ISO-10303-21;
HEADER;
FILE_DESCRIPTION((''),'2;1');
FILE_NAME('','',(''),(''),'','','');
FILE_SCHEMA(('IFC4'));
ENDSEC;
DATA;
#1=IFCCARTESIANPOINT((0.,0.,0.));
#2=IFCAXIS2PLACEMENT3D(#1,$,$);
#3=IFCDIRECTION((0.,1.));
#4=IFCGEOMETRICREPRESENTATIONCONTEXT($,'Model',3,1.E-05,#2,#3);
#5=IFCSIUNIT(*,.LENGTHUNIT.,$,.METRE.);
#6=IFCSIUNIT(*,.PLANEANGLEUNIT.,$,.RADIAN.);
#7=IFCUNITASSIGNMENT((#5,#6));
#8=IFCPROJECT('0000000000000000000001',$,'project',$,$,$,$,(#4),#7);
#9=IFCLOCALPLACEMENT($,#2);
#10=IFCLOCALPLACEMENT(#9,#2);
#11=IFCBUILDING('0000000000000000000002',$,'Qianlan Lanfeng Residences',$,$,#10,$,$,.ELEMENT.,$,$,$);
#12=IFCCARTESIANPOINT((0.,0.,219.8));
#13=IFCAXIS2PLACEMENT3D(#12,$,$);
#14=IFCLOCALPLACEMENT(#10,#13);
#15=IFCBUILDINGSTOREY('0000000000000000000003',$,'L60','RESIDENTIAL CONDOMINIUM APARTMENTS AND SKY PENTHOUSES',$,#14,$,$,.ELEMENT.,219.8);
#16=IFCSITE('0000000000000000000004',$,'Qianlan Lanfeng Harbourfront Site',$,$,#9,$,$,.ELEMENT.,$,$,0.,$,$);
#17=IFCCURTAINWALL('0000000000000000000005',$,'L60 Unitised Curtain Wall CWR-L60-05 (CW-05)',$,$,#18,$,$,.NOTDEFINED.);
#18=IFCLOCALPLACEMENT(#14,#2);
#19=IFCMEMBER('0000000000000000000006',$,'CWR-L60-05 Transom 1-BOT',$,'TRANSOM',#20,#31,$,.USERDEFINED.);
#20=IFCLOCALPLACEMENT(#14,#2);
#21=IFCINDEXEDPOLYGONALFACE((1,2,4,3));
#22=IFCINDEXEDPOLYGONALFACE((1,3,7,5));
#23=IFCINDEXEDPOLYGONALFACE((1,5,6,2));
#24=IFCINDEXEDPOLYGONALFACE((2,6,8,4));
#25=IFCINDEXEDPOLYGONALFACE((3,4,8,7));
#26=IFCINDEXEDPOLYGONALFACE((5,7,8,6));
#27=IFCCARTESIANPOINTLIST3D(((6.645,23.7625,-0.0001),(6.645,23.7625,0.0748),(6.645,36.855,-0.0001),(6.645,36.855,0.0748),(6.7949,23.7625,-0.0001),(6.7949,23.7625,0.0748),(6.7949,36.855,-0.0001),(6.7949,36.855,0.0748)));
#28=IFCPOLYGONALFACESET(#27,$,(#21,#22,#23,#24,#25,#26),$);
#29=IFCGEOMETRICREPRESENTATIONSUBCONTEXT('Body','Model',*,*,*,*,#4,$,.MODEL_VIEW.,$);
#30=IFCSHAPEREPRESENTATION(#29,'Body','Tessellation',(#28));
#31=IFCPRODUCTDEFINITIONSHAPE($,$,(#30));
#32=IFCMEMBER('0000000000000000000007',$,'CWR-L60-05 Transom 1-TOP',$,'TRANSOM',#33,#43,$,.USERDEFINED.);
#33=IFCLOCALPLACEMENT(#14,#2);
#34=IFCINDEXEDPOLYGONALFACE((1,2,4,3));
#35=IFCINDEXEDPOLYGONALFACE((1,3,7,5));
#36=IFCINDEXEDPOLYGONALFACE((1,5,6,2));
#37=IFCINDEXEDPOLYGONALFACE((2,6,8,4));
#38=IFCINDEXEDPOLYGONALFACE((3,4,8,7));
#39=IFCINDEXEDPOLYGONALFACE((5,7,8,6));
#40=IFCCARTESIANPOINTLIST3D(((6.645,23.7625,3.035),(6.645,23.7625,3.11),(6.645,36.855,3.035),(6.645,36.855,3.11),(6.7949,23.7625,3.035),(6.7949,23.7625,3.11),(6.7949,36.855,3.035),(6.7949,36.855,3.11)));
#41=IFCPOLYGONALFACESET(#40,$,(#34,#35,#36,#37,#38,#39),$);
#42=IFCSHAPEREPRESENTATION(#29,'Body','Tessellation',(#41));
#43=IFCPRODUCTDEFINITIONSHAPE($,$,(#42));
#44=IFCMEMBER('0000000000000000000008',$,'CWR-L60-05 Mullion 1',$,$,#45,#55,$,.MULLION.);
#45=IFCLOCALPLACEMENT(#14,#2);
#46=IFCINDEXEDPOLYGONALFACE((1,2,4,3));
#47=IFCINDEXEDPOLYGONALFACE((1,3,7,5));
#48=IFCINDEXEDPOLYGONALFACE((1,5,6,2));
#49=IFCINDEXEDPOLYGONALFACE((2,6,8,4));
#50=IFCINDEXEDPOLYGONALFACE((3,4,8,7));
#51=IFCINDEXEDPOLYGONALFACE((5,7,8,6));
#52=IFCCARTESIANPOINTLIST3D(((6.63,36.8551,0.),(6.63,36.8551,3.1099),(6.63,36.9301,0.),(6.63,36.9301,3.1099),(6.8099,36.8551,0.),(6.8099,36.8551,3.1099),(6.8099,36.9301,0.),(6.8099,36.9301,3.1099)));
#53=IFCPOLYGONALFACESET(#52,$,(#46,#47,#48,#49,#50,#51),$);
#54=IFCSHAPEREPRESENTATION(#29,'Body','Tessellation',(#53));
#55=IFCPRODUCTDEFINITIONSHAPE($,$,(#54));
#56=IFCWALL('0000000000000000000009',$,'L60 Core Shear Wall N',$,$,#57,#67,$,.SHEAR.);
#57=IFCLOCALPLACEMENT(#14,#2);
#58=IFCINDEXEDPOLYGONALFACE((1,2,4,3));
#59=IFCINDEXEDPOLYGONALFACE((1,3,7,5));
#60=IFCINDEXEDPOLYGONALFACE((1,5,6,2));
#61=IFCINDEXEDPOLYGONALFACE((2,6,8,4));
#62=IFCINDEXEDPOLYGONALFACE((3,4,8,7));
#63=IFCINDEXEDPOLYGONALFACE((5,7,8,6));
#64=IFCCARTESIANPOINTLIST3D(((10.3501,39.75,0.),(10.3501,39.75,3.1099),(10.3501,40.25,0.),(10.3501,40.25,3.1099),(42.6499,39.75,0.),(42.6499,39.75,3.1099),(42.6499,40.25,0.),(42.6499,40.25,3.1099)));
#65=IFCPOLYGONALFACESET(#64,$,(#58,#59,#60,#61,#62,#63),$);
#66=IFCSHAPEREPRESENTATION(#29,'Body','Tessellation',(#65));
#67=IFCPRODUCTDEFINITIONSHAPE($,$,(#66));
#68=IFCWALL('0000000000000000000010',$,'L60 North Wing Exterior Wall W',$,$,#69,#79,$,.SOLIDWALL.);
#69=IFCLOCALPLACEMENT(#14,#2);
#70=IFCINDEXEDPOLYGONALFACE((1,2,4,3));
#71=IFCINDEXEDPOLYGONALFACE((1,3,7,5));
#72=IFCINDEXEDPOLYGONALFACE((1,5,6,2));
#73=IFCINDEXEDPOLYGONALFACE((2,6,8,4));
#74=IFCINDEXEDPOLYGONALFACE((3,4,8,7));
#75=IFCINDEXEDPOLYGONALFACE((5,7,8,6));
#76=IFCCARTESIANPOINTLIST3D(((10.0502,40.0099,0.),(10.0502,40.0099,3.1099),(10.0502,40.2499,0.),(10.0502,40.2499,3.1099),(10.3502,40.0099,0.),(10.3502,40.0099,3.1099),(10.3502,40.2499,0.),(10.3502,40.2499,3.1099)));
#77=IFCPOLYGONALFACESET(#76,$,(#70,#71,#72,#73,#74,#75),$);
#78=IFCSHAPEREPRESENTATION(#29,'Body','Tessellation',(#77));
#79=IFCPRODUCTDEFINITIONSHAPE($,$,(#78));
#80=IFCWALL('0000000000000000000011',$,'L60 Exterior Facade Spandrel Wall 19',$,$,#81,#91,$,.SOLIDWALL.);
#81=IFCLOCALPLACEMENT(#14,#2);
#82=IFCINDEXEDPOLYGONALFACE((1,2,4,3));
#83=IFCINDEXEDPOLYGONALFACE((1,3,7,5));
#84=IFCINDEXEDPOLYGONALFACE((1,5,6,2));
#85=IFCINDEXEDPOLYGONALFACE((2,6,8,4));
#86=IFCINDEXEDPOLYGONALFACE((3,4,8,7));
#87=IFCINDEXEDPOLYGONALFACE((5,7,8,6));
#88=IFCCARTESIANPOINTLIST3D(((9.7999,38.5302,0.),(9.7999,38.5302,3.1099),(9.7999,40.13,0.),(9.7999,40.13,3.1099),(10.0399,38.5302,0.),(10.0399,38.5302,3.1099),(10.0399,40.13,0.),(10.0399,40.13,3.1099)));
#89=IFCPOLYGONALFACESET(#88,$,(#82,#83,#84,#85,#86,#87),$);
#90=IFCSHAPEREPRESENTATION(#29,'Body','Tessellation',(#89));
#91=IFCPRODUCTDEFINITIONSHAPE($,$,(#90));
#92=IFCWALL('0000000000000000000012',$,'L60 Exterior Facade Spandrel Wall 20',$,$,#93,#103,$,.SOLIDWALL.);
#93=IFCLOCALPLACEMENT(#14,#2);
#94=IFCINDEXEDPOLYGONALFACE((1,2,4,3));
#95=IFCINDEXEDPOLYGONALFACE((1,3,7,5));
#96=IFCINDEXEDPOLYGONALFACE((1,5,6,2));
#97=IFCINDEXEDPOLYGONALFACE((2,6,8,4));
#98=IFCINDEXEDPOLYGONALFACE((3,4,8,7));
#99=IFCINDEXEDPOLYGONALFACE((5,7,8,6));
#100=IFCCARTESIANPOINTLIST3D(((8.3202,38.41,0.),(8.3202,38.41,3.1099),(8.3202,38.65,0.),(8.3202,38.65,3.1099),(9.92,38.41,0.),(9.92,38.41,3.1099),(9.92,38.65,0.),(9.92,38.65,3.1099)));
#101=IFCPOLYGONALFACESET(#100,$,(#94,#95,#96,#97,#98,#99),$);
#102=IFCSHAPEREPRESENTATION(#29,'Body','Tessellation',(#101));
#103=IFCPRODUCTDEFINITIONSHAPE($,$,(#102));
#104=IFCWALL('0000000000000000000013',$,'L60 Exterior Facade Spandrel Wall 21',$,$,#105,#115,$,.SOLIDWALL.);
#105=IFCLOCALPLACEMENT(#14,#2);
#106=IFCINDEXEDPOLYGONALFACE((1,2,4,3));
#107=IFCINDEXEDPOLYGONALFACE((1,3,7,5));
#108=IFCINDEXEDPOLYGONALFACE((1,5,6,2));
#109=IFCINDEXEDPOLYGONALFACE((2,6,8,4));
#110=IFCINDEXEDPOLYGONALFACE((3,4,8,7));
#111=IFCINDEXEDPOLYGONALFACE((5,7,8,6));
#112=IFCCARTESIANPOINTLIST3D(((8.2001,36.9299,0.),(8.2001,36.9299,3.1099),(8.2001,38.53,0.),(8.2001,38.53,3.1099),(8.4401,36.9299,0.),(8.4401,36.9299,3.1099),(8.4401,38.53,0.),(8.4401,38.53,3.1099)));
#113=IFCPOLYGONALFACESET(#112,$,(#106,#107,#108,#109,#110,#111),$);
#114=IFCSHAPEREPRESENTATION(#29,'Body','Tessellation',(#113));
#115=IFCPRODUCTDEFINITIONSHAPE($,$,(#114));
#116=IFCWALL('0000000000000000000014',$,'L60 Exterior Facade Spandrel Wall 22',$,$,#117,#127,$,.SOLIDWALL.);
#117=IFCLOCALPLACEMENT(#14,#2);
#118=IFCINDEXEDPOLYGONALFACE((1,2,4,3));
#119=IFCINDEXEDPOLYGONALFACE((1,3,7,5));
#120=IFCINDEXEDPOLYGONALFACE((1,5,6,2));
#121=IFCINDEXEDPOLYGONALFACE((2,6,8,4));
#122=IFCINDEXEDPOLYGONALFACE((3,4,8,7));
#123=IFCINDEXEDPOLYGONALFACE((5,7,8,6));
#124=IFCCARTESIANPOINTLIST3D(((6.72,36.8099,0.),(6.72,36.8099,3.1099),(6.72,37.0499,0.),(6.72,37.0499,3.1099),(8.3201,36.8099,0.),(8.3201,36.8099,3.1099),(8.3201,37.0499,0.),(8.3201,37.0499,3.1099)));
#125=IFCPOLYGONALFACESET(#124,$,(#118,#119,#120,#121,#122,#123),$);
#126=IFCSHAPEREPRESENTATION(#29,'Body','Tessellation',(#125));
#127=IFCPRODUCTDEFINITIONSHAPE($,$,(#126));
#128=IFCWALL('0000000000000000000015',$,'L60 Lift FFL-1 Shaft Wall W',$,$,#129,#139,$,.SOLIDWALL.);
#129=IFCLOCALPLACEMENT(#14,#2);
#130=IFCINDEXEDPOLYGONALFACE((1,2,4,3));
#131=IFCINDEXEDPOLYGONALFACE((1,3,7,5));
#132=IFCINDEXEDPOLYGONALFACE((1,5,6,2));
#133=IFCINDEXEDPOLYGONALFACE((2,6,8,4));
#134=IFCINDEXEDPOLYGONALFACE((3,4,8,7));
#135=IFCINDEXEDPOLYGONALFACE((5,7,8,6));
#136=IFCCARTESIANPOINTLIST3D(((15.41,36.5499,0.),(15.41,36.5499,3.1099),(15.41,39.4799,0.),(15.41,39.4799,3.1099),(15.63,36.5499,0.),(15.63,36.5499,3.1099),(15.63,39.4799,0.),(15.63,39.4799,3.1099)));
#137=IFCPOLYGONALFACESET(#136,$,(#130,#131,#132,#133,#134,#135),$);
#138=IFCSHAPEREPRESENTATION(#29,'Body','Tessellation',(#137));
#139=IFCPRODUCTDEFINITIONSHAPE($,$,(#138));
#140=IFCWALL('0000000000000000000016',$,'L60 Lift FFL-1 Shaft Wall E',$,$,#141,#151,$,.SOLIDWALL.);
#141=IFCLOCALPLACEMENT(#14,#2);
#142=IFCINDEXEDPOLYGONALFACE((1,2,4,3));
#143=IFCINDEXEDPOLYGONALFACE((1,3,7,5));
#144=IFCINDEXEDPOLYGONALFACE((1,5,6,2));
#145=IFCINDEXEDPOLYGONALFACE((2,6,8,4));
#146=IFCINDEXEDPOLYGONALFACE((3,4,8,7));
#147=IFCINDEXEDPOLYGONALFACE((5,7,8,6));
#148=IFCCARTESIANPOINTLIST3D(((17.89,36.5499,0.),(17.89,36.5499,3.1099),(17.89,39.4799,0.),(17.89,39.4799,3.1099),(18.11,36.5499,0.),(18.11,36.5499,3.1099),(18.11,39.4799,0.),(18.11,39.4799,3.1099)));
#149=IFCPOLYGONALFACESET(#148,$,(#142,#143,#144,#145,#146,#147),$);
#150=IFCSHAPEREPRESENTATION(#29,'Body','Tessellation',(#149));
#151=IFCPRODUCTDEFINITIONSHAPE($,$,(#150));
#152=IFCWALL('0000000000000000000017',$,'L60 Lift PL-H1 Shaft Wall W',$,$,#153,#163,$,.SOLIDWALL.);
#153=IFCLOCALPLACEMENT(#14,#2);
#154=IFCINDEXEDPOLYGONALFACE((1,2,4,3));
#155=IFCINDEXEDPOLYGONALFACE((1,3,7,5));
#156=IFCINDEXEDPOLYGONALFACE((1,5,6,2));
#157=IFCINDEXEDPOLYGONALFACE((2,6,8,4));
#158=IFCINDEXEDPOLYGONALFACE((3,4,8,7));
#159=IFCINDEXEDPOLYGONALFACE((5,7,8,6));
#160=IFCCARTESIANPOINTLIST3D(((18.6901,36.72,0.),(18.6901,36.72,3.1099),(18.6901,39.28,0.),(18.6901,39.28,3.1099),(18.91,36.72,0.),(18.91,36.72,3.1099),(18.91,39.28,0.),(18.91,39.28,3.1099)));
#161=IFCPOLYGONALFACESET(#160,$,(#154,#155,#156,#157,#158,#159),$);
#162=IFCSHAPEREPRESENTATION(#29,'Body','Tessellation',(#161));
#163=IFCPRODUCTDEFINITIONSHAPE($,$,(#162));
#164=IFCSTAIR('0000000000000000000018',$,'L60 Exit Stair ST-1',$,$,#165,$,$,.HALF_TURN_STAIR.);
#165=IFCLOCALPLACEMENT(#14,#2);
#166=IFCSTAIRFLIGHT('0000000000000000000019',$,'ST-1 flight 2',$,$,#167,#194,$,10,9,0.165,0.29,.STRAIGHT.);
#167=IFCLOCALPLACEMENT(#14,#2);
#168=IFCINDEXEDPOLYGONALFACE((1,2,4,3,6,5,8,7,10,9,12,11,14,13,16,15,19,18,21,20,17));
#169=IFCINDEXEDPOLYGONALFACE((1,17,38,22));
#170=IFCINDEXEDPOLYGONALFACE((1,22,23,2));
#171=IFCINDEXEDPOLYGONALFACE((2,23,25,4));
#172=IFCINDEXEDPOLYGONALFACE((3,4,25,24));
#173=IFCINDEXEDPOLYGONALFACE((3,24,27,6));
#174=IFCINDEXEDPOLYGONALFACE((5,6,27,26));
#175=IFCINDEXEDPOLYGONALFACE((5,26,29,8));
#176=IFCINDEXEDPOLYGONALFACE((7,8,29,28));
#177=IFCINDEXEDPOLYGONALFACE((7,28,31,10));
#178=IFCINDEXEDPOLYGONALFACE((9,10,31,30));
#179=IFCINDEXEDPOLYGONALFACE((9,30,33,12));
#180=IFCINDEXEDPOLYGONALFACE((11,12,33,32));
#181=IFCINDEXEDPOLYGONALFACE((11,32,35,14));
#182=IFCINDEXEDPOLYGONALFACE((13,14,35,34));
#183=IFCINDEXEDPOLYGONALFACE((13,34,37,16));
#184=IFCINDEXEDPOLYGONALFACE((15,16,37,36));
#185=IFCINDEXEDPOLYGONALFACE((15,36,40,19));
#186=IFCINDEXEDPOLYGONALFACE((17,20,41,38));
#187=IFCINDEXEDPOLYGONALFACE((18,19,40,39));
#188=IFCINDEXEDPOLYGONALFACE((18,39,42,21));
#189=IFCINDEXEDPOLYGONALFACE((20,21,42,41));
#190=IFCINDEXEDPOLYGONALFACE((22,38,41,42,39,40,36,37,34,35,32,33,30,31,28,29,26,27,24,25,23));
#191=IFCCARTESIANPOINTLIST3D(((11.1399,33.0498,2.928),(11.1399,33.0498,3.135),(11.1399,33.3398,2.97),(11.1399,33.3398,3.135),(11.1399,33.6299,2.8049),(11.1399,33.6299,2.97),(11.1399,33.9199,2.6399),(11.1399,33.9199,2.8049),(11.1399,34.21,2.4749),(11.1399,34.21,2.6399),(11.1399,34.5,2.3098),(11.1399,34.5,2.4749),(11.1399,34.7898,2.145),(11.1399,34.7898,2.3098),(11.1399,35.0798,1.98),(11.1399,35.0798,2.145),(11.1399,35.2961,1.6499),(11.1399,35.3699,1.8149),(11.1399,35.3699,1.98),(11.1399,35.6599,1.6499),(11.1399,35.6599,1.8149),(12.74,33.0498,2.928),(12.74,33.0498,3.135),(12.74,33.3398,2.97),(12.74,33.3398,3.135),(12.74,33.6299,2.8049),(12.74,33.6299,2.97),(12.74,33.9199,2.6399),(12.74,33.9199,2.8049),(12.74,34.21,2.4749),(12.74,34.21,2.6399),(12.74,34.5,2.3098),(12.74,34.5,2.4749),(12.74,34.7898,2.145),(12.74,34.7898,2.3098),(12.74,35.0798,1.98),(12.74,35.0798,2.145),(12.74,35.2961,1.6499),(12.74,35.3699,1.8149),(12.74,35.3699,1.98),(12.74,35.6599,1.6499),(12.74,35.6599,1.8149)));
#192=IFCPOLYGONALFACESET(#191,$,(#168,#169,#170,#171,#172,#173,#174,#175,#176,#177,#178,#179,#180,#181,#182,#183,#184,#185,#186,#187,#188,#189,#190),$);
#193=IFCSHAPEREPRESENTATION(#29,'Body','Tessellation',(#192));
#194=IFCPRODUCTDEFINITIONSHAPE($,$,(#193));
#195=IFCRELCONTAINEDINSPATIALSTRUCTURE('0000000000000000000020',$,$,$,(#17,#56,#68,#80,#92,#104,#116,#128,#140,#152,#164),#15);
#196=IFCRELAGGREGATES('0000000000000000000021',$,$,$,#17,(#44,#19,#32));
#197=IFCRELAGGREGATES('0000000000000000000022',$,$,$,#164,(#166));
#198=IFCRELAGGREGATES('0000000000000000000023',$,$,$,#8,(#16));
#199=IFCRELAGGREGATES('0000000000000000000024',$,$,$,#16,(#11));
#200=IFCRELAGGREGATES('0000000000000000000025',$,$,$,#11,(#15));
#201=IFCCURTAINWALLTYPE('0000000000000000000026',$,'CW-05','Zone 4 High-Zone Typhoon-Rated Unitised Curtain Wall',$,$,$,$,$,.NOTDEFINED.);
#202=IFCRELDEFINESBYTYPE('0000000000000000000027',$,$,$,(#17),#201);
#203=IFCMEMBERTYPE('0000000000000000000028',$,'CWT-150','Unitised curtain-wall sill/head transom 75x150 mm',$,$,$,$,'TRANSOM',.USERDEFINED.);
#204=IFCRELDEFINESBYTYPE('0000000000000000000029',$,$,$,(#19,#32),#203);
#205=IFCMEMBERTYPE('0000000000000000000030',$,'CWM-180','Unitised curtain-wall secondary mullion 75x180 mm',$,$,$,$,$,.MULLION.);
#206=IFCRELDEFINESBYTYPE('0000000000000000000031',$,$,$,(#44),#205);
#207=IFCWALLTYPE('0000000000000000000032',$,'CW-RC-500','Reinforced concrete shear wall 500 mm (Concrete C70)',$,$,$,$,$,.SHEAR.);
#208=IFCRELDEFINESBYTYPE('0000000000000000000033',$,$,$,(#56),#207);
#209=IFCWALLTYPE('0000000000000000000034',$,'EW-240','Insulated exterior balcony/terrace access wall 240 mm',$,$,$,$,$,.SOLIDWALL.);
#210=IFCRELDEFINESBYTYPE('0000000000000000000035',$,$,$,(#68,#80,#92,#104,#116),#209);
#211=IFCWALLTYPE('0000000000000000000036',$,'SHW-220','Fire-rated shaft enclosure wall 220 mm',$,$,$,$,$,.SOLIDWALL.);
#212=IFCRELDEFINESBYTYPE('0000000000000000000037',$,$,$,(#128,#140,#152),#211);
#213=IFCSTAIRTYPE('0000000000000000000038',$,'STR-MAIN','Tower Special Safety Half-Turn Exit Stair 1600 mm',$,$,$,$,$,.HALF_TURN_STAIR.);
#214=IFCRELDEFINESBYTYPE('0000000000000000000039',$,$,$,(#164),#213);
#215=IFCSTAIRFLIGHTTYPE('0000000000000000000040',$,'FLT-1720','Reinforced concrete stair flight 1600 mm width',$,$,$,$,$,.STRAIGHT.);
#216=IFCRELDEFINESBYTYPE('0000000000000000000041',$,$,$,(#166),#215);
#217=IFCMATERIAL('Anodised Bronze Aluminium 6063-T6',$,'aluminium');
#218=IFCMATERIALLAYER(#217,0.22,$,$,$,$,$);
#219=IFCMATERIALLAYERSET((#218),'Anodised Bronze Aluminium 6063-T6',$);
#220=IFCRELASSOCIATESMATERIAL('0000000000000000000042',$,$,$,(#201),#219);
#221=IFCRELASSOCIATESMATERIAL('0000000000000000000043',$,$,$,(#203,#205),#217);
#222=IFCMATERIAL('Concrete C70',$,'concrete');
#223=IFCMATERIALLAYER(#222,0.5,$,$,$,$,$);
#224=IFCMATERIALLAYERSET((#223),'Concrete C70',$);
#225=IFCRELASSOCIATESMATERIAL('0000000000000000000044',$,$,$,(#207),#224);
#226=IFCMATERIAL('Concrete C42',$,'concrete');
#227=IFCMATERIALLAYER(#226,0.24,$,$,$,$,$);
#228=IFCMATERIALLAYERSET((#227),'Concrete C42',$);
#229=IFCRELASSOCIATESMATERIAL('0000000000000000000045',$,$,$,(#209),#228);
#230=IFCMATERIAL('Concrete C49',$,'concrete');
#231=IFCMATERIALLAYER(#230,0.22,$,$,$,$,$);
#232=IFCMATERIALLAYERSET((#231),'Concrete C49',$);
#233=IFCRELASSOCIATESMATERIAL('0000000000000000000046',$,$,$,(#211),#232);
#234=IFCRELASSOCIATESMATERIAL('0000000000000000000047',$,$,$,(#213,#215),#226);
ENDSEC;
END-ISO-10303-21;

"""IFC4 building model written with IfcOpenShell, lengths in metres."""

from ifc_helpers import new_model, si_unit, direction, frame, frame_2d, origin, origin_2d, place, context, subcontext, project, spatial, polyline, rectangle, outline, extrude, source, transform, mapped, material, layer, layer_set, material_profile, profile_set, type_object, element, aggregate, save


model = new_model("IFC4")

# Units and contexts
model_context = context("Model", 3, precision=1e-05, world=origin(), true_north=direction((0.0, 1.0)))
body_context = subcontext(model_context, "Body", "Model", "MODEL_VIEW")
ifc_project = project(units=[si_unit("LENGTHUNIT", "METRE"), si_unit("PLANEANGLEUNIT", "RADIAN")], contexts=[model_context])

# Site, building, storey
site_placement = place(None, origin())
site = spatial("IfcSite", under=ifc_project, at=site_placement, Name="Qianlan Lanfeng Harbourfront Site", CompositionType="ELEMENT", RefElevation=0.0)
building_placement = place(site_placement, origin())
building = spatial("IfcBuilding", under=site, at=building_placement, Name="Qianlan Lanfeng Residences", CompositionType="ELEMENT")
storey_placement = place(building_placement, frame((0.0, 0.0, 219.8)))
storey = spatial("IfcBuildingStorey", under=building, at=storey_placement, Name="L60", Description="RESIDENTIAL CONDOMINIUM APARTMENTS AND SKY PENTHOUSES", CompositionType="ELEMENT", Elevation=219.8)

# Curtain wall, members
ifc_material_1 = material(Name="Anodised Bronze Aluminium 6063-T6", Category="aluminium")
ifc_layer_1 = layer(ifc_material_1, 0.22)
ifc_layer_set_1 = layer_set([ifc_layer_1], Name="Anodised Bronze Aluminium 6063-T6")
curtain_wall_type = type_object("IfcCurtainWallType", Name="CW-05", Description="Zone 4 High-Zone Typhoon-Rated Unitised Curtain Wall", PredefinedType="NOTDEFINED", material=ifc_layer_set_1)
curtain_wall_placement = place(storey_placement, origin())
curtain_wall = element("IfcCurtainWall", 1, at=curtain_wall_placement, inside=storey, type_object=curtain_wall_type, Name="L60 Unitised Curtain Wall CWR-L60-05 (CW-05)", PredefinedType="NOTDEFINED")
ifc_material_profile_1 = material_profile(ifc_material_1, rectangle(XDim=0.075, YDim=0.1499, at=origin_2d()), Name="ALU TRANSOM 75x150")
ifc_profile_set_1 = profile_set([ifc_material_profile_1], Name="Anodised Bronze Aluminium 6063-T6")
member_type_1 = type_object("IfcMemberType", Name="CWT-150", Description="Unitised curtain-wall sill/head transom 75x150 mm", ElementType="TRANSOM", PredefinedType="USERDEFINED", material=ifc_profile_set_1)
shared_shape_1 = source(origin(), body_context, "Body", "SweptSolid", [
    extrude(rectangle(XDim=0.075, YDim=0.1499, at=origin_2d()), origin(), (0.0, 0.0, 1.0), 13.0925),
])
member_1_placement = place(storey_placement, frame((6.72, 36.855, 0.0374), z_axis=(0.0, -1.0, 0.0), x_axis=(0.0, 0.0, 1.0)))
member_1 = element("IfcMember", 2, at=member_1_placement, type_object=member_type_1, Name="CWR-L60-05 Transom 1-BOT", ObjectType="TRANSOM", PredefinedType="USERDEFINED", context=body_context, shape_type="MappedRepresentation", body=[
    mapped(shared_shape_1, transform((0.0, 0.0, 0.0), scale=1.0)),
])
member_2_placement = place(storey_placement, frame((6.72, 36.855, 3.0725), z_axis=(0.0, -1.0, 0.0), x_axis=(0.0, 0.0, 1.0)))
member_2 = element("IfcMember", 3, at=member_2_placement, type_object=member_type_1, Name="CWR-L60-05 Transom 1-TOP", ObjectType="TRANSOM", PredefinedType="USERDEFINED", context=body_context, shape_type="MappedRepresentation", body=[
    mapped(shared_shape_1, transform((0.0, 0.0, 0.0), scale=1.0)),
])
ifc_material_profile_2 = material_profile(ifc_material_1, rectangle(XDim=0.075, YDim=0.1799, at=origin_2d()), Name="ALU MULLION 75x180")
ifc_profile_set_2 = profile_set([ifc_material_profile_2], Name="Anodised Bronze Aluminium 6063-T6")
member_type_2 = type_object("IfcMemberType", Name="CWM-180", Description="Unitised curtain-wall secondary mullion 75x180 mm", PredefinedType="MULLION", material=ifc_profile_set_2)
shared_shape_2 = source(origin(), body_context, "Body", "SweptSolid", [
    extrude(rectangle(XDim=0.075, YDim=0.1799, at=origin_2d()), origin(), (0.0, 0.0, 1.0), 3.1099),
])
member_3_placement = place(storey_placement, frame((6.72, 36.8926, 0.0), z_axis=(0.0, 0.0, 1.0), x_axis=(0.0, -1.0, 0.0)))
member_3 = element("IfcMember", 4, at=member_3_placement, type_object=member_type_2, Name="CWR-L60-05 Mullion 1", PredefinedType="MULLION", context=body_context, shape_type="MappedRepresentation", body=[
    mapped(shared_shape_2, transform((0.0, 0.0, 0.0), scale=1.0)),
])
aggregate(curtain_wall, [member_3, member_1, member_2])

# Shared definitions
ifc_material_2 = material(Name="Concrete C49", Category="concrete")

# Walls
ifc_material_3 = material(Name="Concrete C70", Category="concrete")
ifc_layer_2 = layer(ifc_material_3, 0.5)
ifc_layer_set_2 = layer_set([ifc_layer_2], Name="Concrete C70")
wall_type_1 = type_object("IfcWallType", Name="CW-RC-500", Description="Reinforced concrete shear wall 500 mm (Concrete C70)", PredefinedType="SHEAR", material=ifc_layer_set_2)
wall_1_placement = place(storey_placement, frame((10.3501, 40.0, 0.0), z_axis=(0.0, 0.0, 1.0), x_axis=(1.0, 0.0, 0.0)))
element("IfcWall", 5, at=wall_1_placement, inside=storey, type_object=wall_type_1, Name="L60 Core Shear Wall N", PredefinedType="SHEAR", context=body_context, shape_type="SweptSolid", body=[
    extrude(rectangle(XDim=32.2998, YDim=0.5, at=frame_2d((16.1499, 0.0))), origin(), (0.0, 0.0, 1.0), 3.1099),
])
ifc_material_4 = material(Name="Concrete C42", Category="concrete")
ifc_layer_3 = layer(ifc_material_4, 0.24)
ifc_layer_set_3 = layer_set([ifc_layer_3], Name="Concrete C42")
wall_type_2 = type_object("IfcWallType", Name="EW-240", Description="Insulated exterior balcony/terrace access wall 240 mm", PredefinedType="SOLIDWALL", material=ifc_layer_set_3)
wall_2_placement = place(storey_placement, frame((10.3501, 40.1299, 0.0), z_axis=(0.0, 0.0, 1.0), x_axis=(-1.0, 0.0, 0.0)))
element("IfcWall", 6, at=wall_2_placement, inside=storey, type_object=wall_type_2, Name="L60 North Wing Exterior Wall W", PredefinedType="SOLIDWALL", context=body_context, shape_type="SweptSolid", body=[
    extrude(rectangle(XDim=0.3, YDim=0.24, at=frame_2d((0.1499, 0.0))), origin(), (0.0, 0.0, 1.0), 3.1099),
])
for number, where, z_axis, x_axis, name in (
    (7, (9.9199, 40.1299, 0.0), (0.0, 0.0, 1.0), (0.0, -1.0, 0.0), "L60 Exterior Facade Spandrel Wall 19"),
    (8, (9.9199, 38.53, 0.0), (0.0, 0.0, 1.0), (-1.0, 0.0, 0.0), "L60 Exterior Facade Spandrel Wall 20"),
):
    element("IfcWall", number, at=place(storey_placement, frame(where, z_axis=z_axis, x_axis=x_axis)), inside=storey, type_object=wall_type_2, Name=name, PredefinedType="SOLIDWALL", context=body_context, shape_type="SweptSolid", body=[
        extrude(rectangle(XDim=1.5999, YDim=0.24, at=frame_2d((0.7998, 0.0))), origin(), (0.0, 0.0, 1.0), 3.1099),
    ])
for number, where, z_axis, x_axis, name in (
    (9, (8.3201, 38.53, 0.0), (0.0, 0.0, 1.0), (0.0, -1.0, 0.0), "L60 Exterior Facade Spandrel Wall 21"),
    (10, (8.3201, 36.9299, 0.0), (0.0, 0.0, 1.0), (-1.0, 0.0, 0.0), "L60 Exterior Facade Spandrel Wall 22"),
):
    element("IfcWall", number, at=place(storey_placement, frame(where, z_axis=z_axis, x_axis=x_axis)), inside=storey, type_object=wall_type_2, Name=name, PredefinedType="SOLIDWALL", context=body_context, shape_type="SweptSolid", body=[
        extrude(rectangle(XDim=1.6001, YDim=0.24, at=frame_2d((0.8, 0.0))), origin(), (0.0, 0.0, 1.0), 3.1099),
    ])
ifc_layer_4 = layer(ifc_material_2, 0.22)
ifc_layer_set_4 = layer_set([ifc_layer_4], Name="Concrete C49")
wall_type_3 = type_object("IfcWallType", Name="SHW-220", Description="Fire-rated shaft enclosure wall 220 mm", PredefinedType="SOLIDWALL", material=ifc_layer_set_4)
for number, where, z_axis, x_axis, name in (
    (11, (15.52, 36.55, 0.0), (0.0, 0.0, 1.0), (0.0, 1.0, 0.0), "L60 Lift FFL-1 Shaft Wall W"),
    (12, (18.0, 36.55, 0.0), (0.0, 0.0, 1.0), (0.0, 1.0, 0.0), "L60 Lift FFL-1 Shaft Wall E"),
):
    element("IfcWall", number, at=place(storey_placement, frame(where, z_axis=z_axis, x_axis=x_axis)), inside=storey, type_object=wall_type_3, Name=name, PredefinedType="SOLIDWALL", context=body_context, shape_type="SweptSolid", body=[
        extrude(rectangle(XDim=2.9299, YDim=0.22, at=frame_2d((1.4648, 0.0))), origin(), (0.0, 0.0, 1.0), 3.1099),
    ])
wall_3_placement = place(storey_placement, frame((18.8, 36.72, 0.0), z_axis=(0.0, 0.0, 1.0), x_axis=(0.0, 1.0, 0.0)))
element("IfcWall", 13, at=wall_3_placement, inside=storey, type_object=wall_type_3, Name="L60 Lift PL-H1 Shaft Wall W", PredefinedType="SOLIDWALL", context=body_context, shape_type="SweptSolid", body=[
    extrude(rectangle(XDim=2.5601, YDim=0.22, at=frame_2d((1.28, 0.0))), origin(), (0.0, 0.0, 1.0), 3.1099),
])

# Stair, stair flight
stair_type = type_object("IfcStairType", Name="STR-MAIN", Description="Tower Special Safety Half-Turn Exit Stair 1600 mm", PredefinedType="HALF_TURN_STAIR", material=ifc_material_4)
stair_placement = place(storey_placement, origin())
stair = element("IfcStair", 14, at=stair_placement, inside=storey, type_object=stair_type, Name="L60 Exit Stair ST-1", PredefinedType="HALF_TURN_STAIR")
stair_flight_type = type_object("IfcStairFlightType", Name="FLT-1720", Description="Reinforced concrete stair flight 1600 mm width", PredefinedType="STRAIGHT", material=ifc_material_4)
stair_flight_placement = place(storey_placement, frame((11.9399, 35.6599, 1.6499), z_axis=(0.0, 0.0, 1.0), x_axis=(0.0, -1.0, 0.0)))
stair_flight = element("IfcStairFlight", 15, at=stair_flight_placement, type_object=stair_flight_type, Name="ST-1 flight 2", NumberOfRisers=10, NumberOfTreads=9, PredefinedType="STRAIGHT", RiserHeight=0.165, TreadLength=0.29, context=body_context, shape_type="SweptSolid", body=[
    extrude(outline(polyline([(0.0, 0.0), (0.0, 0.165), (0.29, 0.165), (0.29, 0.3301), (0.5801, 0.3301), (0.5801, 0.4951), (0.8701, 0.4951), (0.8701, 0.6599), (1.1599, 0.6599), (1.1599, 0.825), (1.45, 0.825), (1.45, 0.99), (1.74, 0.99), (1.74, 1.155), (2.03, 1.155), (2.03, 1.3201), (2.3201, 1.3201), (2.3201, 1.4851), (2.6101, 1.4851), (2.6101, 1.6499), (2.6101, 1.2781), (0.3638, 0.0), (0.0, 0.0)])), frame((0.0, 0.8, 0.0), z_axis=(0.0, -1.0, 0.0), x_axis=(1.0, 0.0, 0.0)), (0.0, 0.0, 1.0), 1.6001),
])
aggregate(stair, [stair_flight])

save(model, "model.ifc")
